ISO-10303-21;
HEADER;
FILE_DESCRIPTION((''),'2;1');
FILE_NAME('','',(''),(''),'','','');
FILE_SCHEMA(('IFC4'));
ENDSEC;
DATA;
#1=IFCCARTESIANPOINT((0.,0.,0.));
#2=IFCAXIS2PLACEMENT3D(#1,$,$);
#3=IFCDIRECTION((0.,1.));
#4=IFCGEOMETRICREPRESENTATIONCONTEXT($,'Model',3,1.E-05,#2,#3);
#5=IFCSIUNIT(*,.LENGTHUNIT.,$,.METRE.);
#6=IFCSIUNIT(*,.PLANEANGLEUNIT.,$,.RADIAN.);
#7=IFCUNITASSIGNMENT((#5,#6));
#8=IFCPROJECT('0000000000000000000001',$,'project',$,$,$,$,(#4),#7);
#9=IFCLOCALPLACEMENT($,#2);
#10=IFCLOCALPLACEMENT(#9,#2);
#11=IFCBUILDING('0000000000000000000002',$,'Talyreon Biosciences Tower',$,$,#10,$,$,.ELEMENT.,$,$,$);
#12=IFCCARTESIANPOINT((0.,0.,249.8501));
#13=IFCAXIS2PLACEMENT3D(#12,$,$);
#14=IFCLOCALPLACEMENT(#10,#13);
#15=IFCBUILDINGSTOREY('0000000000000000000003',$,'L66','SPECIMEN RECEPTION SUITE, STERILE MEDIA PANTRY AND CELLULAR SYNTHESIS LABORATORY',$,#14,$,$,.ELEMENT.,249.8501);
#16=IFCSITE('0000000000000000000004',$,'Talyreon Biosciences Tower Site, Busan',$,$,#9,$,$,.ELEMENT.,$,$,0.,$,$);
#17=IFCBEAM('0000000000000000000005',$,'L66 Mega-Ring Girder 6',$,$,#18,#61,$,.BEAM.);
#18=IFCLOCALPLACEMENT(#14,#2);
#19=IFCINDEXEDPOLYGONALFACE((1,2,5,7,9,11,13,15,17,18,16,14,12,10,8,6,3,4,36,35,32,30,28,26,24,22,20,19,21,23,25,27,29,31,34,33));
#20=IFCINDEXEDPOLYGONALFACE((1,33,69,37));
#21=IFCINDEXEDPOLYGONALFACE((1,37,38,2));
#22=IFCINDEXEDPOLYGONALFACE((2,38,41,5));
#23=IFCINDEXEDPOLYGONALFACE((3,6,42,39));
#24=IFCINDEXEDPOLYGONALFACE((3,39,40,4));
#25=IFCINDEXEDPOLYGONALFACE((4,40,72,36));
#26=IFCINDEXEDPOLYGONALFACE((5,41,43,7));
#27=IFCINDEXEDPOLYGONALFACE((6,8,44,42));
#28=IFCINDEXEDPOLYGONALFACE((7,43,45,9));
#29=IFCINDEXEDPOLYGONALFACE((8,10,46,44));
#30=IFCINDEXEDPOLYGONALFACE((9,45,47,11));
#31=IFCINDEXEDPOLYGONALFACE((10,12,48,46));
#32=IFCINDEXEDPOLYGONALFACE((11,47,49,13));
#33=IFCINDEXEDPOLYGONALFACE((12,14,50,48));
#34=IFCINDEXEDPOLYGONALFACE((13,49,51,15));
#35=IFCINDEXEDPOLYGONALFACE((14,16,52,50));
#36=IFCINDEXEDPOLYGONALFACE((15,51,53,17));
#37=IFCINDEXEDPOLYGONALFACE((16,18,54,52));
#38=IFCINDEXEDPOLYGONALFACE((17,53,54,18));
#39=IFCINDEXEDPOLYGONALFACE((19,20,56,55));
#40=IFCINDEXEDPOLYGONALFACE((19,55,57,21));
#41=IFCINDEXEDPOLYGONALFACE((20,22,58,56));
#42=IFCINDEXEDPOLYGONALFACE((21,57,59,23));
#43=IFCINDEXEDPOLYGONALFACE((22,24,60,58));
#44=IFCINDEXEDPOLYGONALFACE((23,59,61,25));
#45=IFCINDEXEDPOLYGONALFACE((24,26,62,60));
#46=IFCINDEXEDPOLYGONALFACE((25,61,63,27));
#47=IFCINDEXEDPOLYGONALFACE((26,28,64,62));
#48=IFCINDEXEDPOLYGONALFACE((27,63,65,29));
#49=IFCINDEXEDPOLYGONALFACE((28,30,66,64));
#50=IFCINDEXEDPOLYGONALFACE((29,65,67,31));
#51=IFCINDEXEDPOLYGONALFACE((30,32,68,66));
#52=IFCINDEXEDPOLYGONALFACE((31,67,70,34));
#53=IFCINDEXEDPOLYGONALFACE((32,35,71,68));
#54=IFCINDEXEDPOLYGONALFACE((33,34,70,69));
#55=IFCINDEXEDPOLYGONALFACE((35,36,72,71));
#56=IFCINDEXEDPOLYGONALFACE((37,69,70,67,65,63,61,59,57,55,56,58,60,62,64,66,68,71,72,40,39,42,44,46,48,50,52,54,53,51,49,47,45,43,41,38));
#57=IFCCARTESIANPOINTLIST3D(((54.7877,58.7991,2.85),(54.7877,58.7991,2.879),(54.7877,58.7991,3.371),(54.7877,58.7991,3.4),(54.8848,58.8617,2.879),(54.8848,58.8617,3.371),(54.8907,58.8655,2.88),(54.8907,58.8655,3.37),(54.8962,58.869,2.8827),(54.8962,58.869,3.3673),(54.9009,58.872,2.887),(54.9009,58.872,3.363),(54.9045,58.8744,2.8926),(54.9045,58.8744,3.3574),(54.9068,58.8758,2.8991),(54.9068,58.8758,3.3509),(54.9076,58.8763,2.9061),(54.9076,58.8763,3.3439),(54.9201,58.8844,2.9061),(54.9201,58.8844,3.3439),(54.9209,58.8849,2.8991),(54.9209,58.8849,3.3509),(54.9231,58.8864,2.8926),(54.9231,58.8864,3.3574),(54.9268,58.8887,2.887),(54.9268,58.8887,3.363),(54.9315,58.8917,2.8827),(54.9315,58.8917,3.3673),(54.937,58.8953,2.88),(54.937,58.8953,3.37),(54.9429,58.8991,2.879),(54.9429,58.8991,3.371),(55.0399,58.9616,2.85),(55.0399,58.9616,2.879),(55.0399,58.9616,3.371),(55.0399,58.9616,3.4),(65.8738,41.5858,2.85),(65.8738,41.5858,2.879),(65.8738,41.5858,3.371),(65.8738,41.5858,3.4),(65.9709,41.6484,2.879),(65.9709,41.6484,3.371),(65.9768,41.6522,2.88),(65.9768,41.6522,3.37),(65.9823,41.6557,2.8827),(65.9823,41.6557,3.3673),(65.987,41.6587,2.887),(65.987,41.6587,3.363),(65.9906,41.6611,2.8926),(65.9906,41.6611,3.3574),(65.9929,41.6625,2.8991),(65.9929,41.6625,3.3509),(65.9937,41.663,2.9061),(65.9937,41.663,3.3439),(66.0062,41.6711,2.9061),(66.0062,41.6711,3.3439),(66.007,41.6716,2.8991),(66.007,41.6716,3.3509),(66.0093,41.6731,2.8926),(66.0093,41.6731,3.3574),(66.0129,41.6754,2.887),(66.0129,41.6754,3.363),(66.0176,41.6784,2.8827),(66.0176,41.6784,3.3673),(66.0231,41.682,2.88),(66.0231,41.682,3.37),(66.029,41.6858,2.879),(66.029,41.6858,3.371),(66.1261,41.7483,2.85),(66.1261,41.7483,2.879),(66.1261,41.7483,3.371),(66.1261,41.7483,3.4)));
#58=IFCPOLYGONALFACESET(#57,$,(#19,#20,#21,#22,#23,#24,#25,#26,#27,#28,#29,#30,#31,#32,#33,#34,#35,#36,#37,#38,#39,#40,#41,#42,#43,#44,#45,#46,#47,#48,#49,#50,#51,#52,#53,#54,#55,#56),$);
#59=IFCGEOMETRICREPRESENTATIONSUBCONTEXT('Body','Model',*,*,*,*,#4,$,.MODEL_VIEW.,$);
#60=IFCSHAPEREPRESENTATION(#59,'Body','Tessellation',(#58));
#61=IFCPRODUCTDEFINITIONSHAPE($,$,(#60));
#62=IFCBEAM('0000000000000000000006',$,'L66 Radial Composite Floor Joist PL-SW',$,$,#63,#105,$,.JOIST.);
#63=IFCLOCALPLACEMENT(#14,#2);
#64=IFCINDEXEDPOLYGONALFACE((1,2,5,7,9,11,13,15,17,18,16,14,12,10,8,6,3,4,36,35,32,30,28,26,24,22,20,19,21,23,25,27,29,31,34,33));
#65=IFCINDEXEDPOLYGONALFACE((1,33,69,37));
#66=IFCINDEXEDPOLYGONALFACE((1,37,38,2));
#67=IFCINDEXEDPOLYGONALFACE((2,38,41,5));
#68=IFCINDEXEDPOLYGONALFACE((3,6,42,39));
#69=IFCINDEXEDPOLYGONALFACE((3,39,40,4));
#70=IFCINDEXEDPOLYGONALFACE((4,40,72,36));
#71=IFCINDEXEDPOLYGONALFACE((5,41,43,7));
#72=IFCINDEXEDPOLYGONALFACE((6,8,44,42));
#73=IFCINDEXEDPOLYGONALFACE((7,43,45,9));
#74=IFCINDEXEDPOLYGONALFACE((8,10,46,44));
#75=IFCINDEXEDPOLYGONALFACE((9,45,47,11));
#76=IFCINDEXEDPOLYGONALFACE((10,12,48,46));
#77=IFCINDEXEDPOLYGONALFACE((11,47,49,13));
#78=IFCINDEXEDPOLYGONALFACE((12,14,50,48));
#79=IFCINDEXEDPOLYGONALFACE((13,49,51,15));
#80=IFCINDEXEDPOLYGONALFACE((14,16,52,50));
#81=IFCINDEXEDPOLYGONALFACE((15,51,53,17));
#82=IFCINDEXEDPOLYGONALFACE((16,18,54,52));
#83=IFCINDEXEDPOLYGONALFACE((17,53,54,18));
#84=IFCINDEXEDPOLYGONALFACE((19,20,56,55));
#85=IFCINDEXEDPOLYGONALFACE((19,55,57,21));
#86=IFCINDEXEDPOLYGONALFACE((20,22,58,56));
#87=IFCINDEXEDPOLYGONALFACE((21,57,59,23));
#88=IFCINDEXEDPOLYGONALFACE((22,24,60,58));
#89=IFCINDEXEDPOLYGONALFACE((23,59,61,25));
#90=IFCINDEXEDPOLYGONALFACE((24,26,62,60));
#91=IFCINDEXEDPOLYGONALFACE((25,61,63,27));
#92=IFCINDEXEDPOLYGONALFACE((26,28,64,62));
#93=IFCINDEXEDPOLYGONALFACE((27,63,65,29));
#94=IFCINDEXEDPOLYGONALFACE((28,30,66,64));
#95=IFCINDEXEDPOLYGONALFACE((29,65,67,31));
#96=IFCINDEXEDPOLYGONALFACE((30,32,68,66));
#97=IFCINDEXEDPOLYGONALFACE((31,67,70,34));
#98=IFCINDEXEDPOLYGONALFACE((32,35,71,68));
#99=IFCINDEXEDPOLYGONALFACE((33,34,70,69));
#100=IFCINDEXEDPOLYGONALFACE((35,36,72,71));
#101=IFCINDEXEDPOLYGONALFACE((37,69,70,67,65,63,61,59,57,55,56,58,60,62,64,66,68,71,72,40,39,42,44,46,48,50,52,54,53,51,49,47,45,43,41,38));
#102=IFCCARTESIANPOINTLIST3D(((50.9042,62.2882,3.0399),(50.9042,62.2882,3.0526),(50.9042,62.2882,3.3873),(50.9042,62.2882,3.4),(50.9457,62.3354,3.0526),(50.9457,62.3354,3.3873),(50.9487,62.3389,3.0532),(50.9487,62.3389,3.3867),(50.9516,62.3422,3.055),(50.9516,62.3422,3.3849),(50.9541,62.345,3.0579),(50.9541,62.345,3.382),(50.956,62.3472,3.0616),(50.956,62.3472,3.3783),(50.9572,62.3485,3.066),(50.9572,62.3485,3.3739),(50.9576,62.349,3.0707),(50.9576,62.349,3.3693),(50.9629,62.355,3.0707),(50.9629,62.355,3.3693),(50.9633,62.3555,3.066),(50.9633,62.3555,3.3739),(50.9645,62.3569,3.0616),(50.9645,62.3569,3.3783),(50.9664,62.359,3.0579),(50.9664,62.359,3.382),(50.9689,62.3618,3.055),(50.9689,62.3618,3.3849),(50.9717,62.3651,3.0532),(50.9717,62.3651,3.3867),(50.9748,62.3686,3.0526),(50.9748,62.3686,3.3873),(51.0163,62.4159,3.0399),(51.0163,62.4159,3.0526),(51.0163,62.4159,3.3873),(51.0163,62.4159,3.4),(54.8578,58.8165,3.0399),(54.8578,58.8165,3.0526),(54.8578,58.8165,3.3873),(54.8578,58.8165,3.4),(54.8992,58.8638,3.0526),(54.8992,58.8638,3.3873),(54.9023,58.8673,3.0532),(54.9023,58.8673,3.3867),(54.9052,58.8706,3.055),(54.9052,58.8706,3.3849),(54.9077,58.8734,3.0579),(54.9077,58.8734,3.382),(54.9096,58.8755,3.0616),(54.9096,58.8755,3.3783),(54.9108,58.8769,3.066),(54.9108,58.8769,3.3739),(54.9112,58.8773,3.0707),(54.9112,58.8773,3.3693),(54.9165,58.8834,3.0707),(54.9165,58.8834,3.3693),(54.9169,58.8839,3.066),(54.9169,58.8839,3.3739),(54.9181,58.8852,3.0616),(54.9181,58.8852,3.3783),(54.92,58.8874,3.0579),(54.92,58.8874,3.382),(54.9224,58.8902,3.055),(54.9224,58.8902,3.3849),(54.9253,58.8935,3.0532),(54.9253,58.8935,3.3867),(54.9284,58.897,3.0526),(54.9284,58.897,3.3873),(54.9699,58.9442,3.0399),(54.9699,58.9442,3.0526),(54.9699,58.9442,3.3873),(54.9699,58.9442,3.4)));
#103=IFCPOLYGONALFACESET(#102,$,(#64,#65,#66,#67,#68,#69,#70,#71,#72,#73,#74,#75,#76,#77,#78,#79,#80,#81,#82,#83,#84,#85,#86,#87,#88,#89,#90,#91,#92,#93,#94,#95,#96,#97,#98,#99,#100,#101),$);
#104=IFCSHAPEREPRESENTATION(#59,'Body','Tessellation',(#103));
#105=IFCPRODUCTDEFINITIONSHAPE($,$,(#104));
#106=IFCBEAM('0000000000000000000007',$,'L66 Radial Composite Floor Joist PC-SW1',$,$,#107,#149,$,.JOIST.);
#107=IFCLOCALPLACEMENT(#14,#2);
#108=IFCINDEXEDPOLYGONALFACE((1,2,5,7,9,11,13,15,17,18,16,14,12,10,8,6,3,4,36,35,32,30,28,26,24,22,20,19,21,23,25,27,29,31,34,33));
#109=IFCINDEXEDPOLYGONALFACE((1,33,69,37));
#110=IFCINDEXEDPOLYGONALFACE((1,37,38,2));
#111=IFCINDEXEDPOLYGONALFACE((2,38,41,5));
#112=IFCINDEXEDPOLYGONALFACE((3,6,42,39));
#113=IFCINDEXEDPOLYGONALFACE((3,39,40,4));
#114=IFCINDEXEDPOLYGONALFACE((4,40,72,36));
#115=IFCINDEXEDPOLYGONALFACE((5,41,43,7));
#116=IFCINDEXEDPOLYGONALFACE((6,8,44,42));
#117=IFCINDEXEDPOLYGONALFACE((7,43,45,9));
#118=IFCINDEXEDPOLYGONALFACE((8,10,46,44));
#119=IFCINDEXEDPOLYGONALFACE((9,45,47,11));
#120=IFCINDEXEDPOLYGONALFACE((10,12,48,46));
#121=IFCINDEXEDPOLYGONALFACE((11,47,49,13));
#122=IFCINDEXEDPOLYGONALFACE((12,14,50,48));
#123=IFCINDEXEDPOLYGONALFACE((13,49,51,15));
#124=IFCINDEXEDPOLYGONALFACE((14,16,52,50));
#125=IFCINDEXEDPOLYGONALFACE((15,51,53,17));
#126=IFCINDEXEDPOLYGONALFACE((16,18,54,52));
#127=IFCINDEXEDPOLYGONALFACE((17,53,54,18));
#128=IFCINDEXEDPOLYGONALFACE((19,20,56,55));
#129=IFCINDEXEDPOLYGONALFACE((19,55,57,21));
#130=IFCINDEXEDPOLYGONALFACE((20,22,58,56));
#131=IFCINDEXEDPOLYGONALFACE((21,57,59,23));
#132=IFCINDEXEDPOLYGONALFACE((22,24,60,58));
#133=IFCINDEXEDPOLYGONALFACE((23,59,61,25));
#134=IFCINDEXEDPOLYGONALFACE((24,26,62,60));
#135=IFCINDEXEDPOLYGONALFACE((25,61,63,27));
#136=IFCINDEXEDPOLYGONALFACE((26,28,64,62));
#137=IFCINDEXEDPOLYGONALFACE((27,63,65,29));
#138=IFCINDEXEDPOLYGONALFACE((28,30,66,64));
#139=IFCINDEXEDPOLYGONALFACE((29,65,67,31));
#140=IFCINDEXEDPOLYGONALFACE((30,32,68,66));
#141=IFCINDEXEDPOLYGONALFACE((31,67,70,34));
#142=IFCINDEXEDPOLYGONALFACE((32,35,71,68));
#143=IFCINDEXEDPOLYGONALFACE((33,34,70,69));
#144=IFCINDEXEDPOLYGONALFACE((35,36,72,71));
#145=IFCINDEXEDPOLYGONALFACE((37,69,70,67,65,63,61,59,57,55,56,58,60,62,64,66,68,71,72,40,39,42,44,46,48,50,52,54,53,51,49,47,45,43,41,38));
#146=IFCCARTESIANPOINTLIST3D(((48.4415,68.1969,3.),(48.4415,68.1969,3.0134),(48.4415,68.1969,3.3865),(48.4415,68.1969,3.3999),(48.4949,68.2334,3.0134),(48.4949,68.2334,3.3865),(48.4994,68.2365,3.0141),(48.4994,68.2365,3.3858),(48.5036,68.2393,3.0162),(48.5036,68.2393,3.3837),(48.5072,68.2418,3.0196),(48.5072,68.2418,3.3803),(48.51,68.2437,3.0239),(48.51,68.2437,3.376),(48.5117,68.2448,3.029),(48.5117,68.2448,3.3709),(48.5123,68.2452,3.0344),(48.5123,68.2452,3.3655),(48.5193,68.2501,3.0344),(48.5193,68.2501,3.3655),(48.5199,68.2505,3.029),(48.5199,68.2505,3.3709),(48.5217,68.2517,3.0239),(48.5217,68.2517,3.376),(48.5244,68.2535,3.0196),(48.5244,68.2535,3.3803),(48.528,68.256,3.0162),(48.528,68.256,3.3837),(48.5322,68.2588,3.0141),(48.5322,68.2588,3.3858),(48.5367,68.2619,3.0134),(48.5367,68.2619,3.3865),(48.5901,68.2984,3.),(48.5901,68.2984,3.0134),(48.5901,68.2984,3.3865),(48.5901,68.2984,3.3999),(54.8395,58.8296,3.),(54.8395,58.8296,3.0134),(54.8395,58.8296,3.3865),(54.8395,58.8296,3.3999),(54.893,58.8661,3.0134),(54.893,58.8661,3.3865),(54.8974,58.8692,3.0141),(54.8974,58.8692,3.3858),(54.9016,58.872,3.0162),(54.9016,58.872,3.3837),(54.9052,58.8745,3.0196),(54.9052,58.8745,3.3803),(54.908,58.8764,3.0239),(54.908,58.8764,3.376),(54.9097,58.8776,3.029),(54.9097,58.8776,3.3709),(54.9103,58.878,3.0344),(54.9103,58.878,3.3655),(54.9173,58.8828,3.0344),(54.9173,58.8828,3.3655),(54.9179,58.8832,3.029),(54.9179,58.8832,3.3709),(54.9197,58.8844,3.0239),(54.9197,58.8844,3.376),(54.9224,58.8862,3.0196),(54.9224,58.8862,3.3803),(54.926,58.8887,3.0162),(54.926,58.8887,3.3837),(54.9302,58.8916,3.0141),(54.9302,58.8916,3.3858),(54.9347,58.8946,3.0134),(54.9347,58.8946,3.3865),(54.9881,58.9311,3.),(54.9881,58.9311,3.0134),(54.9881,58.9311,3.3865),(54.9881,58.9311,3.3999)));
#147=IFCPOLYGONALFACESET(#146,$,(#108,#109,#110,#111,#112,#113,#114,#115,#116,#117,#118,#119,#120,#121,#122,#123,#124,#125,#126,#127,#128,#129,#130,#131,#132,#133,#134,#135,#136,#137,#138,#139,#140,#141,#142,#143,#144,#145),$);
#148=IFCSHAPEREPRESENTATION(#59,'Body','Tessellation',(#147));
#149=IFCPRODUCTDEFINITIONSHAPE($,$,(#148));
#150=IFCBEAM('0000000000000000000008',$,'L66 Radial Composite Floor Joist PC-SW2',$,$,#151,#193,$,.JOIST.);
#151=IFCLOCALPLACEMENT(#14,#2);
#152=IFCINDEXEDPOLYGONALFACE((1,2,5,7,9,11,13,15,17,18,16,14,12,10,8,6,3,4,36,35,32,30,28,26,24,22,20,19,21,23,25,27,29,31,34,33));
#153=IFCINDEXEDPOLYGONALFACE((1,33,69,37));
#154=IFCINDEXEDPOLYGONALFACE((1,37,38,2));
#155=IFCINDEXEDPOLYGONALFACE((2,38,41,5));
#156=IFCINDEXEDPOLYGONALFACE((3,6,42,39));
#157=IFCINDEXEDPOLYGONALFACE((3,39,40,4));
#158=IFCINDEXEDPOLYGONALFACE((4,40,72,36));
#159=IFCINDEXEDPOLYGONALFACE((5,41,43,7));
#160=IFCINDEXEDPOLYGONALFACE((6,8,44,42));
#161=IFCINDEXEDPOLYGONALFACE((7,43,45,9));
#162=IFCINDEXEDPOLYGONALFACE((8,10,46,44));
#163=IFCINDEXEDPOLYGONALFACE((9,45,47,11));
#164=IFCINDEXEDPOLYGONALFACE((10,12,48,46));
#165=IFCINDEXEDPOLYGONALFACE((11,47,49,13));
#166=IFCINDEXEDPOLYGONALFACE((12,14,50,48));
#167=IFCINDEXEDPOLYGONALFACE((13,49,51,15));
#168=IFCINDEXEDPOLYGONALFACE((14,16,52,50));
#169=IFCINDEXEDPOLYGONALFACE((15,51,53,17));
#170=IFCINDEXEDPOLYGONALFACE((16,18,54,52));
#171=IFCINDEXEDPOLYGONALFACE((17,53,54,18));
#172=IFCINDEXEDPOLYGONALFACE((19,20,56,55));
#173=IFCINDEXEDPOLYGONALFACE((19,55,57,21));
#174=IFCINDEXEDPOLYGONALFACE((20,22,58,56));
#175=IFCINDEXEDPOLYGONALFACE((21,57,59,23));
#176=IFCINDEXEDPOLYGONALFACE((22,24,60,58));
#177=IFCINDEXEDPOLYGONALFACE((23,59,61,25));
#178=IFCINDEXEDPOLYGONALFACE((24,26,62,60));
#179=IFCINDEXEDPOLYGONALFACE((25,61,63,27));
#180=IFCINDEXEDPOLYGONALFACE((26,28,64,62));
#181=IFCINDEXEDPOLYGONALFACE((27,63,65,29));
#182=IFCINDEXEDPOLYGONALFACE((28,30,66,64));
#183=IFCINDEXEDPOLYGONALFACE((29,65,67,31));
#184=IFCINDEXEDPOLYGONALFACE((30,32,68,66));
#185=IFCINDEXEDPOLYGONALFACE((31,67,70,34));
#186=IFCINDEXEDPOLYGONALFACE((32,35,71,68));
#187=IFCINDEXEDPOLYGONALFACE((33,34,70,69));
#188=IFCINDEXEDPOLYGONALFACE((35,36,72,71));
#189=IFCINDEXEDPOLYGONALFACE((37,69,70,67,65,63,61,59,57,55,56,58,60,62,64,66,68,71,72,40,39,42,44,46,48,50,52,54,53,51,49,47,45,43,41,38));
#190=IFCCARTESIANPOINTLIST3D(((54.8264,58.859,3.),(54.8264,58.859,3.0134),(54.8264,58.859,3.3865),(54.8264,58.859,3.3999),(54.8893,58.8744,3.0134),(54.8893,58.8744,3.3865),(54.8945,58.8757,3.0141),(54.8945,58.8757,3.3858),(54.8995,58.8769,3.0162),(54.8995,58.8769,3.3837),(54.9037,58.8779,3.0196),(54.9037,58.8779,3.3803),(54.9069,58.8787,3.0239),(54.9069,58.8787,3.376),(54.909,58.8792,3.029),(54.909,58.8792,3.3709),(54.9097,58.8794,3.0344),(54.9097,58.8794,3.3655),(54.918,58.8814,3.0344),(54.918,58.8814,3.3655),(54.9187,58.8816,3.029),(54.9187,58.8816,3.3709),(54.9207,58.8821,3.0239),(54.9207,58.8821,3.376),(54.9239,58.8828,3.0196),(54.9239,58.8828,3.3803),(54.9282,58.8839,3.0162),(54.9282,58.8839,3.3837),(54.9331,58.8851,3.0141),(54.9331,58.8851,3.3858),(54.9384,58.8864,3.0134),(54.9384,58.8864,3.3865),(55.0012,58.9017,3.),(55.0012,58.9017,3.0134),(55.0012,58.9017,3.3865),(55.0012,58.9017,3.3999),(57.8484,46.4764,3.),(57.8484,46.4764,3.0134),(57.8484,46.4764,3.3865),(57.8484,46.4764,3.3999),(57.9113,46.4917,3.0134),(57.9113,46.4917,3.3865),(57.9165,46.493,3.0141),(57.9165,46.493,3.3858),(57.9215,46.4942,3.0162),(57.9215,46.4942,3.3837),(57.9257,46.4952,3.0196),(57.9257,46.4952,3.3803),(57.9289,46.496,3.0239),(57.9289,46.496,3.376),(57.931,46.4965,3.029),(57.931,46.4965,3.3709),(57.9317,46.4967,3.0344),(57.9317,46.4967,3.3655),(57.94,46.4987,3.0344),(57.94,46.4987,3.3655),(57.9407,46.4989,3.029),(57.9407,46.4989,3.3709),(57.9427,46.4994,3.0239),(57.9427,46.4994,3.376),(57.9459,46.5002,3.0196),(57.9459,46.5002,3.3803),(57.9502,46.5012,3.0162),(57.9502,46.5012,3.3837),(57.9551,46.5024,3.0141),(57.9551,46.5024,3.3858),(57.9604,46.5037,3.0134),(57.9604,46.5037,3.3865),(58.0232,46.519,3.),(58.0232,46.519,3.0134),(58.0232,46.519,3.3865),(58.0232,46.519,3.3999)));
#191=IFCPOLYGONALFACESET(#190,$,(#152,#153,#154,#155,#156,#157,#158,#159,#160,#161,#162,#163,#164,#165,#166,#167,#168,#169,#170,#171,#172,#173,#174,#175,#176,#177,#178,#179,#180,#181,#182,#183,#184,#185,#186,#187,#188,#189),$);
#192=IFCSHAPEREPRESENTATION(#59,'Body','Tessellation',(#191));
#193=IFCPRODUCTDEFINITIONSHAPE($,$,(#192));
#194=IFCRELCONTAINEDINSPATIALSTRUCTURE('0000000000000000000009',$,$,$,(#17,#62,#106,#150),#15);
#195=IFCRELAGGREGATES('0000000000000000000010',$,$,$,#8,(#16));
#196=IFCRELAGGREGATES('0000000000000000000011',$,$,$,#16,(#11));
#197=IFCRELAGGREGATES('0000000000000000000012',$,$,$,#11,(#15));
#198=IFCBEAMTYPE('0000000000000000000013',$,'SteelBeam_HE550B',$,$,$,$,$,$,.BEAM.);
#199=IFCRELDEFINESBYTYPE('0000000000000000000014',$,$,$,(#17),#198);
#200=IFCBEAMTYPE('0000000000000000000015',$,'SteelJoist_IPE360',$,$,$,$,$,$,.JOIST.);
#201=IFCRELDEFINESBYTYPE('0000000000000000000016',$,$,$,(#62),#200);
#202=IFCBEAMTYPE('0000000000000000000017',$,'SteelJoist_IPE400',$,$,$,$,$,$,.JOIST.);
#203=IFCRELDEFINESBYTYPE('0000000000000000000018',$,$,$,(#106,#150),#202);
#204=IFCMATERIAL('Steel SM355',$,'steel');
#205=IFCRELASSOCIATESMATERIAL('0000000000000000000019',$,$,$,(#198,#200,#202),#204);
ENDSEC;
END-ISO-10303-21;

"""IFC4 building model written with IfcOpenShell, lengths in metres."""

from ifc_helpers import new_model, si_unit, direction, frame, origin, origin_2d, place, context, subcontext, project, spatial, i_section, extrude, material, material_profile, profile_set, type_object, element, save


model = new_model("IFC4")

# Units and contexts
model_context = context("Model", 3, precision=1e-05, world=origin(), true_north=direction((0.0, 1.0)))
body_context = subcontext(model_context, "Body", "Model", "MODEL_VIEW")
ifc_project = project(units=[si_unit("LENGTHUNIT", "METRE"), si_unit("PLANEANGLEUNIT", "RADIAN")], contexts=[model_context])

# Site, building, storey
site_placement = place(None, origin())
site = spatial("IfcSite", under=ifc_project, at=site_placement, Name="Talyreon Biosciences Tower Site, Busan", CompositionType="ELEMENT", RefElevation=0.0)
building_placement = place(site_placement, origin())
building = spatial("IfcBuilding", under=site, at=building_placement, Name="Talyreon Biosciences Tower", CompositionType="ELEMENT")
storey_placement = place(building_placement, frame((0.0, 0.0, 249.8501)))
storey = spatial("IfcBuildingStorey", under=building, at=storey_placement, Name="L66", Description="SPECIMEN RECEPTION SUITE, STERILE MEDIA PANTRY AND CELLULAR SYNTHESIS LABORATORY", CompositionType="ELEMENT", Elevation=249.8501)

# Beams
ifc_material_1 = material(Name="Steel SM355", Category="steel")
ifc_material_profile_1 = material_profile(ifc_material_1, i_section(OverallWidth=0.3, OverallDepth=0.55, WebThickness=0.0149, FlangeThickness=0.0291, FilletRadius=0.0271, at=origin_2d()), Name="HE550B")
ifc_profile_set_1 = profile_set([ifc_material_profile_1], Name="Steel SM355")
beam_type_1 = type_object("IfcBeamType", Name="SteelBeam_HE550B", PredefinedType="BEAM", material=ifc_profile_set_1)
beam_1_placement = place(storey_placement, frame((54.9138, 58.8804, 3.125), z_axis=(0.541464, -0.840724, 0.0), x_axis=(0.840724, 0.541464, 0.0)))
element("IfcBeam", 1, at=beam_1_placement, inside=storey, type_object=beam_type_1, Name="L66 Mega-Ring Girder 6", PredefinedType="BEAM", context=body_context, shape_type="SweptSolid", body=[
    extrude(i_section(OverallWidth=0.3, OverallDepth=0.55, WebThickness=0.0149, FlangeThickness=0.0291, FilletRadius=0.0271, at=origin_2d()), origin(), (0.0, 0.0, 1.0), 20.4744),
])
ifc_material_profile_2 = material_profile(ifc_material_1, i_section(OverallWidth=0.1699, OverallDepth=0.3601, WebThickness=0.0081, FlangeThickness=0.0127, FilletRadius=0.0181, at=origin_2d()), Name="IPE360")
ifc_profile_set_2 = profile_set([ifc_material_profile_2], Name="Steel SM355")
beam_type_2 = type_object("IfcBeamType", Name="SteelJoist_IPE360", PredefinedType="JOIST", material=ifc_profile_set_2)
beam_2_placement = place(storey_placement, frame((54.9138, 58.8804, 3.22), z_axis=(-0.75142, 0.659824, 0.0), x_axis=(-0.659824, -0.75142, 0.0)))
element("IfcBeam", 2, at=beam_2_placement, inside=storey, type_object=beam_type_2, Name="L66 Radial Composite Floor Joist PL-SW", PredefinedType="JOIST", context=body_context, shape_type="SweptSolid", body=[
    extrude(i_section(OverallWidth=0.1699, OverallDepth=0.3601, WebThickness=0.0081, FlangeThickness=0.0127, FilletRadius=0.0181, at=origin_2d()), origin(), (0.0, 0.0, 1.0), 5.2615),
])
ifc_material_profile_3 = material_profile(ifc_material_1, i_section(OverallWidth=0.1799, OverallDepth=0.3999, WebThickness=0.0085, FlangeThickness=0.0134, FilletRadius=0.021, at=origin_2d()), Name="IPE400")
ifc_profile_set_3 = profile_set([ifc_material_profile_3], Name="Steel SM355")
beam_type_3 = type_object("IfcBeamType", Name="SteelJoist_IPE400", PredefinedType="JOIST", material=ifc_profile_set_3)
beam_3_placement = place(storey_placement, frame((54.9138, 58.8804, 3.2), z_axis=(-0.564012, 0.825766, 0.0), x_axis=(-0.825766, -0.564012, 0.0)))
element("IfcBeam", 3, at=beam_3_placement, inside=storey, type_object=beam_type_3, Name="L66 Radial Composite Floor Joist PC-SW1", PredefinedType="JOIST", context=body_context, shape_type="SweptSolid", body=[
    extrude(i_section(OverallWidth=0.1799, OverallDepth=0.3999, WebThickness=0.0085, FlangeThickness=0.0134, FilletRadius=0.021, at=origin_2d()), origin(), (0.0, 0.0, 1.0), 11.3438),
])
beam_4_placement = place(storey_placement, frame((54.9138, 58.8804, 3.2), z_axis=(0.237092, -0.971487, 0.0), x_axis=(0.971487, 0.237092, 0.0)))
element("IfcBeam", 4, at=beam_4_placement, inside=storey, type_object=beam_type_3, Name="L66 Radial Composite Floor Joist PC-SW2", PredefinedType="JOIST", context=body_context, shape_type="SweptSolid", body=[
    extrude(i_section(OverallWidth=0.1799, OverallDepth=0.3999, WebThickness=0.0085, FlangeThickness=0.0134, FilletRadius=0.021, at=origin_2d()), origin(), (0.0, 0.0, 1.0), 12.7461),
])

save(model, "model.ifc")
